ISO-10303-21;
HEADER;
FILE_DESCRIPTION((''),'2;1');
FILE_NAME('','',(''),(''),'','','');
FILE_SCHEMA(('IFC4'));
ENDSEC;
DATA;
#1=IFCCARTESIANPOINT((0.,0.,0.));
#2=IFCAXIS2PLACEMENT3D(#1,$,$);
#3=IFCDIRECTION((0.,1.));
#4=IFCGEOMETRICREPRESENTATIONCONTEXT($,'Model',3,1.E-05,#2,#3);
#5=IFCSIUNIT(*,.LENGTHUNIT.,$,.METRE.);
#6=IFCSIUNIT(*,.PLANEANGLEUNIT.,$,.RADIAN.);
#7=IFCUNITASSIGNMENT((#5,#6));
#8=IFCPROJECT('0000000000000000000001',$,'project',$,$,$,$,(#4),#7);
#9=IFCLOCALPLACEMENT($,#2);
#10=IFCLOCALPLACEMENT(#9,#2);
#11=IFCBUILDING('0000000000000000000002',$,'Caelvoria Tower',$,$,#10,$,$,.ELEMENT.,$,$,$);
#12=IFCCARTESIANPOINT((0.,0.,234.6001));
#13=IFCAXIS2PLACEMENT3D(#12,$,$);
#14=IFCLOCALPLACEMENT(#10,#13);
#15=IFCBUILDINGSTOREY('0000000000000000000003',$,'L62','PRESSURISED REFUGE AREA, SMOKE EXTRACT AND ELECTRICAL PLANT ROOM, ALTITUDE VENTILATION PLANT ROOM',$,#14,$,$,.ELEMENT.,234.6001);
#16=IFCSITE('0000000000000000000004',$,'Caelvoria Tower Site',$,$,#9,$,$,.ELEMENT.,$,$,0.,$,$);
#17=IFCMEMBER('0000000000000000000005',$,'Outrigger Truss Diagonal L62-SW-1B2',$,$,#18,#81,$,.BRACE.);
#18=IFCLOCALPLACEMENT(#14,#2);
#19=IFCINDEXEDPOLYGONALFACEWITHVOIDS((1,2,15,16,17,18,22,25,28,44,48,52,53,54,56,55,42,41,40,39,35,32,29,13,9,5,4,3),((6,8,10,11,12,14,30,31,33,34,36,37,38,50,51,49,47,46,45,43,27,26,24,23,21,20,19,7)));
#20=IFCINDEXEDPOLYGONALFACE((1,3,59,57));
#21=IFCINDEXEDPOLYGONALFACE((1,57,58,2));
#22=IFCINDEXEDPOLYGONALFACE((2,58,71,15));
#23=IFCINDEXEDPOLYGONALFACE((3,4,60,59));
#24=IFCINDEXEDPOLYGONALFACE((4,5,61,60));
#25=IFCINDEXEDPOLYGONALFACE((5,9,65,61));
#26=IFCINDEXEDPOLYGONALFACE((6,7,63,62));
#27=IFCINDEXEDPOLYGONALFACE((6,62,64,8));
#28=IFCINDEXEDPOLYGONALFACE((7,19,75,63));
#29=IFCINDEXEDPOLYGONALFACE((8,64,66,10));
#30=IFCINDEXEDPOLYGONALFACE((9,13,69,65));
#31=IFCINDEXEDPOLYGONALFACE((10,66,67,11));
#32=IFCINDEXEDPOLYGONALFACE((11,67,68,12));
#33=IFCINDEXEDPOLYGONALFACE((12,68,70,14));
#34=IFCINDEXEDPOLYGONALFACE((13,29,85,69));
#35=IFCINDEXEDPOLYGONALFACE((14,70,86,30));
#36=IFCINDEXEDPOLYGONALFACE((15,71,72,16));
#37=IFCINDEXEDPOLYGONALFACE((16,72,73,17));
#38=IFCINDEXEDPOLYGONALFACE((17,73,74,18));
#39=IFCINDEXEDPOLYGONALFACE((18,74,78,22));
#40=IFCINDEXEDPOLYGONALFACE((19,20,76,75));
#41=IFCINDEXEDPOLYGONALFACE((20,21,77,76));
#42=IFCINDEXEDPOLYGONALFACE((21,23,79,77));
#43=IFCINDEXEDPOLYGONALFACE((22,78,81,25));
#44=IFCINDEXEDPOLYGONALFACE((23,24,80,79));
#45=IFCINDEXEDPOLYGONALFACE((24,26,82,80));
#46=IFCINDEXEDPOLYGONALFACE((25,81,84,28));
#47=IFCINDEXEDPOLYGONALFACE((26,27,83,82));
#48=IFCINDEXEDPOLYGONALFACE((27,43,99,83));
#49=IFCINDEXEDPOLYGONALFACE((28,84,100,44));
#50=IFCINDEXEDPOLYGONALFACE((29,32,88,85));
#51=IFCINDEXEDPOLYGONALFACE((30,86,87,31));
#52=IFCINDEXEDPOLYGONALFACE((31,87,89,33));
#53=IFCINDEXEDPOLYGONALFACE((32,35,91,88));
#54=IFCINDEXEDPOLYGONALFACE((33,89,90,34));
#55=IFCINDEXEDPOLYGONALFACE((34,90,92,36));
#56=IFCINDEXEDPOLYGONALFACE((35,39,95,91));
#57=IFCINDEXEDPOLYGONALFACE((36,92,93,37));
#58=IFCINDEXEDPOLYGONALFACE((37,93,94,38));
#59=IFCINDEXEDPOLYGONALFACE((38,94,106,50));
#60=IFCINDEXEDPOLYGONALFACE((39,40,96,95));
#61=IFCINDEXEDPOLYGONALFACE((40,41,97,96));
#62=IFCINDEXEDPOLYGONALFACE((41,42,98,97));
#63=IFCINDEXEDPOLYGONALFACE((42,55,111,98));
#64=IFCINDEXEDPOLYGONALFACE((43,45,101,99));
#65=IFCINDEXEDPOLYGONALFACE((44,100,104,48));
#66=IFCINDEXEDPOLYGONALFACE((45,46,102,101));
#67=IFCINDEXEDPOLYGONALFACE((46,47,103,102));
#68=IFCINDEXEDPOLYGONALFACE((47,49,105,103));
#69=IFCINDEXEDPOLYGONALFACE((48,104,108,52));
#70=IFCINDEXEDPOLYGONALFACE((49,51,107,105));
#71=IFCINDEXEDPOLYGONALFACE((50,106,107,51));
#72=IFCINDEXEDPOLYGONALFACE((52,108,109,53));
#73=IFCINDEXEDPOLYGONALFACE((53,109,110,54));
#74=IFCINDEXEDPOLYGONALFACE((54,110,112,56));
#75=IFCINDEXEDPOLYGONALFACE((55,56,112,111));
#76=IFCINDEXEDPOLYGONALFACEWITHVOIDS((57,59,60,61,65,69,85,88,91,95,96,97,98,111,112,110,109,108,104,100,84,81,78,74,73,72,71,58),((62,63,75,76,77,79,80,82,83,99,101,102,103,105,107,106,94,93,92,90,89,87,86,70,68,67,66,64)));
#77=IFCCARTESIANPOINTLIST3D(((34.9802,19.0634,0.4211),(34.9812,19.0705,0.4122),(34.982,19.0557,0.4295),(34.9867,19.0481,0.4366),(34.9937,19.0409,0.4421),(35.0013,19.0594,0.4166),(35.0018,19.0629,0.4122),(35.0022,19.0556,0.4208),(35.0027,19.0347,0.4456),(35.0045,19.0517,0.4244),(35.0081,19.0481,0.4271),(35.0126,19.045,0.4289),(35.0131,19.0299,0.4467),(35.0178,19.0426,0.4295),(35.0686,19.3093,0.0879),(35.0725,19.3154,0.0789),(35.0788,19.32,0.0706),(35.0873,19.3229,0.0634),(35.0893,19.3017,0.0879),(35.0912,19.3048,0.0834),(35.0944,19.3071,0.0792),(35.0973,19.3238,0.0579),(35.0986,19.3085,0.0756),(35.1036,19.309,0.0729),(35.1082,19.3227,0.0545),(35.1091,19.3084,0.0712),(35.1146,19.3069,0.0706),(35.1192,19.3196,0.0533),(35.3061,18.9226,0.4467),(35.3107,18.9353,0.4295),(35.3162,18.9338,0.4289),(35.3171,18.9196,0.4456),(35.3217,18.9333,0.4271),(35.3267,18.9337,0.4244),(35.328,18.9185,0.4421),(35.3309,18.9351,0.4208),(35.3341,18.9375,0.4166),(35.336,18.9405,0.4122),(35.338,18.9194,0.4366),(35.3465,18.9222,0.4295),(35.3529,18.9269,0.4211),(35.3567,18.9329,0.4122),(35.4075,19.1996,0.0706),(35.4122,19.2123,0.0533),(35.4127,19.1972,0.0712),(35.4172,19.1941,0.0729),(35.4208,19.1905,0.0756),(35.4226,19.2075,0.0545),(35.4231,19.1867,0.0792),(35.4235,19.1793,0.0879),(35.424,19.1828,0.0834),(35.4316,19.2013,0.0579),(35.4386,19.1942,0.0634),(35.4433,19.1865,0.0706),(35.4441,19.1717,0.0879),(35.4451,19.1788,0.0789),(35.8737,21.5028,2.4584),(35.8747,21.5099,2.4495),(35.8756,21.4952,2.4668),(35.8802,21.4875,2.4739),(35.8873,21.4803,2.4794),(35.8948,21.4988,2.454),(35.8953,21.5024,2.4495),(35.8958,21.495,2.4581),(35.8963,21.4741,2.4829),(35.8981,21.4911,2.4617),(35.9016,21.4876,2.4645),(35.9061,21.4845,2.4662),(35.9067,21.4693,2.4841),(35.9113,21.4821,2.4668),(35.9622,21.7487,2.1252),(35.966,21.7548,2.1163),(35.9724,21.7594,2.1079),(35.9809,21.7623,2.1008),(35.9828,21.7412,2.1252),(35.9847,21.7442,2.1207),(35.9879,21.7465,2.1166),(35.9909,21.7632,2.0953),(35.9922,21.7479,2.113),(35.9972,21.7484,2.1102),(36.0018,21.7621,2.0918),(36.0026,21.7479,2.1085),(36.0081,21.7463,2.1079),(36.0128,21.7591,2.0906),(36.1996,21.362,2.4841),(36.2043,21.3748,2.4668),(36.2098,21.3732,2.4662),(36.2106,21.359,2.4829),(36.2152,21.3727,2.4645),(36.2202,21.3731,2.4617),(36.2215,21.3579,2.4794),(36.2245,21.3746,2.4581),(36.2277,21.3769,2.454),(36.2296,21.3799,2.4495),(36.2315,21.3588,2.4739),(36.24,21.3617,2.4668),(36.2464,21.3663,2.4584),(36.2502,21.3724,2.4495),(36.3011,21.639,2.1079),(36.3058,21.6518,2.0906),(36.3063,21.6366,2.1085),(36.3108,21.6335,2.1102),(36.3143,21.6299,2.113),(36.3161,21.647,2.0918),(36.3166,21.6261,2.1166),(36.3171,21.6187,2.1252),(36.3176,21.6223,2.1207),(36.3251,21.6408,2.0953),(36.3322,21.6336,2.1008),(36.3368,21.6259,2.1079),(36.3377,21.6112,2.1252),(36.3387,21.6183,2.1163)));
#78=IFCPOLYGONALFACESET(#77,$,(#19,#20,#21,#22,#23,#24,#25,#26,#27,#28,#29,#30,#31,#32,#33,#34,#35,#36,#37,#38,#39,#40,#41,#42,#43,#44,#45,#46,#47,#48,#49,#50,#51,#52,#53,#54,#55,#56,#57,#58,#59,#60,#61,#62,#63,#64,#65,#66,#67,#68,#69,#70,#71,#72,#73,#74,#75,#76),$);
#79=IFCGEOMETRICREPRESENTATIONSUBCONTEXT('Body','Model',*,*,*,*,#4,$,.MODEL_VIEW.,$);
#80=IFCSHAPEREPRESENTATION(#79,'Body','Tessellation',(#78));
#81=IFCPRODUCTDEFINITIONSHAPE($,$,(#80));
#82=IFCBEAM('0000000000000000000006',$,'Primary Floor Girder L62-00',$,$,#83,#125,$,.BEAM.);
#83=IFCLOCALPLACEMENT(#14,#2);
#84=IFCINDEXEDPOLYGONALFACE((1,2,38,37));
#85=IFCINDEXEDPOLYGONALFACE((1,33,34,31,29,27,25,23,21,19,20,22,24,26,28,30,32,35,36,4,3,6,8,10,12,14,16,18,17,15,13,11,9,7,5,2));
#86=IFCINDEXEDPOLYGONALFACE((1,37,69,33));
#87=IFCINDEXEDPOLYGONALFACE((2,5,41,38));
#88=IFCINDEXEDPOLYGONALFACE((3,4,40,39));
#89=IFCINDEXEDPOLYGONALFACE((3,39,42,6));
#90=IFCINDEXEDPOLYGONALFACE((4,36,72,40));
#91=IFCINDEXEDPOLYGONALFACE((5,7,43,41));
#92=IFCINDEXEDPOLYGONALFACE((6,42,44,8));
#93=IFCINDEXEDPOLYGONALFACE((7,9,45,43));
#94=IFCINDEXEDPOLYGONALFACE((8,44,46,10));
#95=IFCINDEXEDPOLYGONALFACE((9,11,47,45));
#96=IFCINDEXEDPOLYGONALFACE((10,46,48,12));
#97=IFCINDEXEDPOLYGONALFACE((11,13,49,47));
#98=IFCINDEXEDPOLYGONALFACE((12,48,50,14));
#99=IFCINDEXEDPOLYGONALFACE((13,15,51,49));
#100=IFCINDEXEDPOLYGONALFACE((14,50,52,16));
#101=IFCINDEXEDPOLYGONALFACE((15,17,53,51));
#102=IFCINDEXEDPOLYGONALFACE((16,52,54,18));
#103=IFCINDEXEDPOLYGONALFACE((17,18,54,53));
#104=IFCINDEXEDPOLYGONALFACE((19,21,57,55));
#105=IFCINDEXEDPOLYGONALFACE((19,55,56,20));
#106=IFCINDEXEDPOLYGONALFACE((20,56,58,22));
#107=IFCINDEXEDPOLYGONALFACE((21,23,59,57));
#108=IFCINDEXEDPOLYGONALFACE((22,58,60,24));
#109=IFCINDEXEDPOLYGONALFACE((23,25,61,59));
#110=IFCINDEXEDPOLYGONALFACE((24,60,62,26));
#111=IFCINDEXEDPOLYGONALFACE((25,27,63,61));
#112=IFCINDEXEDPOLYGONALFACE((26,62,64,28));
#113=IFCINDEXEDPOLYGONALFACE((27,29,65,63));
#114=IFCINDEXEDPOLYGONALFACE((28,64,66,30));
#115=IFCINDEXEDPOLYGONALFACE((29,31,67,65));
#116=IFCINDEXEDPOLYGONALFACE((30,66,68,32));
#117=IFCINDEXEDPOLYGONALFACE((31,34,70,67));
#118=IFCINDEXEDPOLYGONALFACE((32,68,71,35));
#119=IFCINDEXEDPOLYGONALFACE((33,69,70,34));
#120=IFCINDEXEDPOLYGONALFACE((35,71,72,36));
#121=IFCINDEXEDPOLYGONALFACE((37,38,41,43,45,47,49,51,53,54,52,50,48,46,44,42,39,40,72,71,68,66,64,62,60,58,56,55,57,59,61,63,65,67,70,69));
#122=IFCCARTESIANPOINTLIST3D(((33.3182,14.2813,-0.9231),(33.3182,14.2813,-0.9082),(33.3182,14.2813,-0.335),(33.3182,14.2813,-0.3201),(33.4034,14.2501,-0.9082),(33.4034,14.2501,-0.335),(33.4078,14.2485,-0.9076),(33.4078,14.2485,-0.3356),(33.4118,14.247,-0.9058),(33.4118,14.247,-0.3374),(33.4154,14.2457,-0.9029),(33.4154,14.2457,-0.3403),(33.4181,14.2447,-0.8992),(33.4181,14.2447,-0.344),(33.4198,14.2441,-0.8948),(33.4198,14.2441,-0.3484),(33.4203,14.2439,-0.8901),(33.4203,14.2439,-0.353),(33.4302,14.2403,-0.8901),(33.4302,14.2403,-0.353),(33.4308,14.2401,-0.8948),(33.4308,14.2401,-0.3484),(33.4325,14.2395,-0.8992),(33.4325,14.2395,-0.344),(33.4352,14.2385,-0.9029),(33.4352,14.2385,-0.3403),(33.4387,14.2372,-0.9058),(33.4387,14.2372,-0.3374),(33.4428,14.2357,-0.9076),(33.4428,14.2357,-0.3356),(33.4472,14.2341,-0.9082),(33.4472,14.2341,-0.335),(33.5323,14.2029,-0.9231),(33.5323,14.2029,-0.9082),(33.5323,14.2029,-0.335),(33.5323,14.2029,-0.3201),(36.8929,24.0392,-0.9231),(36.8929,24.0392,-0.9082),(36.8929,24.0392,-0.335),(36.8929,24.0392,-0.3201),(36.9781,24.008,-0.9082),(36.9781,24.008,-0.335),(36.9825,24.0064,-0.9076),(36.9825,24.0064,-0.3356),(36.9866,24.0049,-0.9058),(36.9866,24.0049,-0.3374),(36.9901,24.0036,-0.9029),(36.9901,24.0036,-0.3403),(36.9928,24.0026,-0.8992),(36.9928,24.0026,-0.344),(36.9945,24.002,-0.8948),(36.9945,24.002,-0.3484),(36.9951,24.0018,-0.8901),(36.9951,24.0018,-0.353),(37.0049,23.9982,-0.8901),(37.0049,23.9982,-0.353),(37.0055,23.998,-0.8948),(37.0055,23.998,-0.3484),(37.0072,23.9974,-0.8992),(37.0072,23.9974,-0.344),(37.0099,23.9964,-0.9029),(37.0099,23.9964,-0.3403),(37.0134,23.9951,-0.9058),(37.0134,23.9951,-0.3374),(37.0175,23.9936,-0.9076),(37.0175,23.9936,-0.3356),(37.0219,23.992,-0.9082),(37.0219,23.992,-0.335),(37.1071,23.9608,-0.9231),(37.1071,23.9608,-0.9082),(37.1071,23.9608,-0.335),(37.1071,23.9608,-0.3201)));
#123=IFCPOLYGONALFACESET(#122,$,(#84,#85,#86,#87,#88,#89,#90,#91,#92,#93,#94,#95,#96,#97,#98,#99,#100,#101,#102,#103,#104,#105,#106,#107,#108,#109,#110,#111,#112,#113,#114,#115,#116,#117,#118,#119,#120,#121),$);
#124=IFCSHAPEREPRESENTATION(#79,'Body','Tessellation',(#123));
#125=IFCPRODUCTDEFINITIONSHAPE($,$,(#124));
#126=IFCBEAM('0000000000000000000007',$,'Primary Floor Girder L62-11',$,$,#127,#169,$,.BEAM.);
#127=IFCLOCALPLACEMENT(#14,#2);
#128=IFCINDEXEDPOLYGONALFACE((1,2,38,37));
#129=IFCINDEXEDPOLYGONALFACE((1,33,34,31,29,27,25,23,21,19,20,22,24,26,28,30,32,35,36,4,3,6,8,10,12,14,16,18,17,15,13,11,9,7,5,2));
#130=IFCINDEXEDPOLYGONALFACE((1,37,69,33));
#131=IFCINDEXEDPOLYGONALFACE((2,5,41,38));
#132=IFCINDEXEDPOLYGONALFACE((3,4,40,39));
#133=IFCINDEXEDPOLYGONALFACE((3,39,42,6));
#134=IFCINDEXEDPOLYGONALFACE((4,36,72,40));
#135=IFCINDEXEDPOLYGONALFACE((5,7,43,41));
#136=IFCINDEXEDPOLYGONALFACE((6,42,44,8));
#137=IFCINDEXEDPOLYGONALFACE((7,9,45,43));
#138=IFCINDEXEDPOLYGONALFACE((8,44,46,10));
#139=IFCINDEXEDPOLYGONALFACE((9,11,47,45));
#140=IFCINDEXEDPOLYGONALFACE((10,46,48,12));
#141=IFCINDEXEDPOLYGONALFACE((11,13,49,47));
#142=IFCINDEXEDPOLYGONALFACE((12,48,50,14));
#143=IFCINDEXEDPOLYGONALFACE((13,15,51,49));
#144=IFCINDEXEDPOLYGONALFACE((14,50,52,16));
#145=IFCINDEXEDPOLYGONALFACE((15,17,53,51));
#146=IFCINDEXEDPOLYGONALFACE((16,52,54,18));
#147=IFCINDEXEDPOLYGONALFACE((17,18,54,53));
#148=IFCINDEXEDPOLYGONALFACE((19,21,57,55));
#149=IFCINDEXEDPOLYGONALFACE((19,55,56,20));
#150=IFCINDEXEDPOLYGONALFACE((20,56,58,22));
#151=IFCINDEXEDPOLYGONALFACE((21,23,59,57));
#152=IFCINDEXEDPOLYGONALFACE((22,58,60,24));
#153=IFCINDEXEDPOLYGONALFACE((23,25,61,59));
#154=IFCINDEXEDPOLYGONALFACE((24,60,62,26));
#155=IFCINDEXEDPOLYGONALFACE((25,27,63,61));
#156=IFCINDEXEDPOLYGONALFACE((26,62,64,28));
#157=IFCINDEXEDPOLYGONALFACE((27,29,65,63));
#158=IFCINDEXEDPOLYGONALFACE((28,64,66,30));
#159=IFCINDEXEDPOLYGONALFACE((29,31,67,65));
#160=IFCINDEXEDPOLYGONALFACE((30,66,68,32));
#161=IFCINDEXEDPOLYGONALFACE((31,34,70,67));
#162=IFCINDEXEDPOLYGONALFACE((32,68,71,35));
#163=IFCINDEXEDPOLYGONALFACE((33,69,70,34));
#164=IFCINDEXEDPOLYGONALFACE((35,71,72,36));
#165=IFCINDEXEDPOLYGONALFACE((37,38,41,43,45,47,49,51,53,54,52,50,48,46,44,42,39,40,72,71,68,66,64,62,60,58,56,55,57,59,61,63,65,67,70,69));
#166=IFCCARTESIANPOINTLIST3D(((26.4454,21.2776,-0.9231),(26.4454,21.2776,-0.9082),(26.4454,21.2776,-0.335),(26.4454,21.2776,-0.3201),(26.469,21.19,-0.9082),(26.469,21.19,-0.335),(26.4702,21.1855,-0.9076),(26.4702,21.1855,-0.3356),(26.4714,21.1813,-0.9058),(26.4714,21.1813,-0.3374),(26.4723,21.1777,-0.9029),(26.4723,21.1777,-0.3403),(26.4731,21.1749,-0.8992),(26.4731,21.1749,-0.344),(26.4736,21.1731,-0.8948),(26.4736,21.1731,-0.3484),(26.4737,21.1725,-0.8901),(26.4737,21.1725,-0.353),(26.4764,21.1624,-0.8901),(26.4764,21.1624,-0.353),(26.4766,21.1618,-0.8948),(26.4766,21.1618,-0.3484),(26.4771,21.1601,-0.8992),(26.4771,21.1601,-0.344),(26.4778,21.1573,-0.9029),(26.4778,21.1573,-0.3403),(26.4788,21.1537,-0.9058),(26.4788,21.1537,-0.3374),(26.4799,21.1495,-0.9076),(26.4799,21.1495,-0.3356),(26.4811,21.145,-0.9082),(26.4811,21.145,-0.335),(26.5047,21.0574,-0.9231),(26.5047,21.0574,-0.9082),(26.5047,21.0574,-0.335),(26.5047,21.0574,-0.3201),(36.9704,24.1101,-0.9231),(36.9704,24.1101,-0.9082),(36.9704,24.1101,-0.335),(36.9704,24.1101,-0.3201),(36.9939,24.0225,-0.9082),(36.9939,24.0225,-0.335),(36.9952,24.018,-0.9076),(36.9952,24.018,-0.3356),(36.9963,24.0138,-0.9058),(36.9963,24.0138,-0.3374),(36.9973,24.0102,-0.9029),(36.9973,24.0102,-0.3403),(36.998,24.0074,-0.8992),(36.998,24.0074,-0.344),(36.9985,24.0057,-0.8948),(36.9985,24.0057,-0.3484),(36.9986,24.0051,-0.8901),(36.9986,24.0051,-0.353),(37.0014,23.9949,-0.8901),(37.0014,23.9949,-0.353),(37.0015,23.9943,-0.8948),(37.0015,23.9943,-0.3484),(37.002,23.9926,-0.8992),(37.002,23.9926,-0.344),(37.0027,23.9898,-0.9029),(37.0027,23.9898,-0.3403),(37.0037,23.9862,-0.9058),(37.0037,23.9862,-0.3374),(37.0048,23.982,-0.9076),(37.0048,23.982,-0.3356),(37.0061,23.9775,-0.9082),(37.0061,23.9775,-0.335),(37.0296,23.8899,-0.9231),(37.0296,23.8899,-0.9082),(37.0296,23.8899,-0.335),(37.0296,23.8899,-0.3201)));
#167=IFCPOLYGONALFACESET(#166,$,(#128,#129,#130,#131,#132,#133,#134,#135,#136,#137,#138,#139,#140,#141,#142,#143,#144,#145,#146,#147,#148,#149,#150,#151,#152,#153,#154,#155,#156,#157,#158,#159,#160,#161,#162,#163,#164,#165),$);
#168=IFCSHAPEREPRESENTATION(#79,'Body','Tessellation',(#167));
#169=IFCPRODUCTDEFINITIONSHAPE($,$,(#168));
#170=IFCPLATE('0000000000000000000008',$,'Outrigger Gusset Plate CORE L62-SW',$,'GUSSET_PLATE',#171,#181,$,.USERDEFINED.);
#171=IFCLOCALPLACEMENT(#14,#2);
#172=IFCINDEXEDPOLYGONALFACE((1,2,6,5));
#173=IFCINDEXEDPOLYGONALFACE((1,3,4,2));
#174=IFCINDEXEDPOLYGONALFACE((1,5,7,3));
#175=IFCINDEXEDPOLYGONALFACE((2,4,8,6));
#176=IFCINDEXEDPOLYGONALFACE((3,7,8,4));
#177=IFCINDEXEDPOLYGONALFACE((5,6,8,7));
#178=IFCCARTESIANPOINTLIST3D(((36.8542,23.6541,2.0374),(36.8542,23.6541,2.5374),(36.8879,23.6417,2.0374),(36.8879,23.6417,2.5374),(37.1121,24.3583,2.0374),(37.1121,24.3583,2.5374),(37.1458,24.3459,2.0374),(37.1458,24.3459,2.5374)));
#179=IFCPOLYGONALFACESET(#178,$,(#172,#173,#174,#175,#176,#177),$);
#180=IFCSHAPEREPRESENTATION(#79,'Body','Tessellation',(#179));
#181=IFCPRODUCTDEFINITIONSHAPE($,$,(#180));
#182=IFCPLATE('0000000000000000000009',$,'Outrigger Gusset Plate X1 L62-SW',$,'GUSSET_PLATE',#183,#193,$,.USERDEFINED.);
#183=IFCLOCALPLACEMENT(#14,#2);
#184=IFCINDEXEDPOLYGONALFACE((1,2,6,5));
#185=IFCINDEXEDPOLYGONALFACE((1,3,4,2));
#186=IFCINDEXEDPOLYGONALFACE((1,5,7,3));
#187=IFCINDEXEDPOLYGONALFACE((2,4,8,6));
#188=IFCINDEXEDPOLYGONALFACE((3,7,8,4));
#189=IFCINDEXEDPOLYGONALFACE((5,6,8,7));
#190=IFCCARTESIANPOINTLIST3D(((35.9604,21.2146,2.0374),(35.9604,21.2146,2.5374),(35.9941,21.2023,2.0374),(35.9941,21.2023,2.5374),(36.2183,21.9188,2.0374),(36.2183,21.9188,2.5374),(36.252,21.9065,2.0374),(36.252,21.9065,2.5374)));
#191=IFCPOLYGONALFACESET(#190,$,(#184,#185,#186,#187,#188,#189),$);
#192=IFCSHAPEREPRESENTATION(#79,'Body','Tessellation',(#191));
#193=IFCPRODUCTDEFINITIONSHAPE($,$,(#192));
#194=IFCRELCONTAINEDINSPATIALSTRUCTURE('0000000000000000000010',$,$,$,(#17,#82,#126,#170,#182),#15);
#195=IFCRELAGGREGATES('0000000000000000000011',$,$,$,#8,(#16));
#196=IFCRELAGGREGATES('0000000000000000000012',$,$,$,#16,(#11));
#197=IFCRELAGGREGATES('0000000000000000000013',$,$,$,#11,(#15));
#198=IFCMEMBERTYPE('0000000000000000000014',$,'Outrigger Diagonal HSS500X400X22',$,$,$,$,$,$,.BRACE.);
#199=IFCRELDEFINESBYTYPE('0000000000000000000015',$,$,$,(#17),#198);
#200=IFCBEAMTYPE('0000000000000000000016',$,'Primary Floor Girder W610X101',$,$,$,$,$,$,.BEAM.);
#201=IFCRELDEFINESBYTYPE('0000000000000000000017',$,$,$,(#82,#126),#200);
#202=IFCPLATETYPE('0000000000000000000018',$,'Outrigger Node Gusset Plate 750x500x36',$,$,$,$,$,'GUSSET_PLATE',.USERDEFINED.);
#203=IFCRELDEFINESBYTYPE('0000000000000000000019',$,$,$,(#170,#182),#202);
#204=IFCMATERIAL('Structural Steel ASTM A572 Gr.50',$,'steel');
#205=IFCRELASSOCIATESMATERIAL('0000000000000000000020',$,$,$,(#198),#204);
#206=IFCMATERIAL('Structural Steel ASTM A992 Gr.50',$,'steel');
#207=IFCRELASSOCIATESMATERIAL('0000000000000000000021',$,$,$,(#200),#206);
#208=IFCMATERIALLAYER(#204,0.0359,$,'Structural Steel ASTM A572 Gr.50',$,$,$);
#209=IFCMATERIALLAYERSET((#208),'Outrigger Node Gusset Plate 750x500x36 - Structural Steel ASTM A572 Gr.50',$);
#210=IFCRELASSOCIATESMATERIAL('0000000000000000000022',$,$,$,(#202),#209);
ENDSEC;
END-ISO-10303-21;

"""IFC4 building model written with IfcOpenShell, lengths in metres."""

from ifc_helpers import new_model, si_unit, direction, frame, origin, origin_2d, place, context, subcontext, project, spatial, rectangle, hollow_rectangle, i_section, extrude, material, layer, layer_set, material_profile, profile_set, type_object, element, save


model = new_model("IFC4")

# Units and contexts
model_context = context("Model", 3, precision=1e-05, world=origin(), true_north=direction((0.0, 1.0)))
body_context = subcontext(model_context, "Body", "Model", "MODEL_VIEW")
ifc_project = project(units=[si_unit("LENGTHUNIT", "METRE"), si_unit("PLANEANGLEUNIT", "RADIAN")], contexts=[model_context])

# Site, building, storey
site_placement = place(None, origin())
site = spatial("IfcSite", under=ifc_project, at=site_placement, Name="Caelvoria Tower Site", CompositionType="ELEMENT", RefElevation=0.0)
building_placement = place(site_placement, origin())
building = spatial("IfcBuilding", under=site, at=building_placement, Name="Caelvoria Tower", CompositionType="ELEMENT")
storey_placement = place(building_placement, frame((0.0, 0.0, 234.6001)))
storey = spatial("IfcBuildingStorey", under=building, at=storey_placement, Name="L62", Description="PRESSURISED REFUGE AREA, SMOKE EXTRACT AND ELECTRICAL PLANT ROOM, ALTITUDE VENTILATION PLANT ROOM", CompositionType="ELEMENT", Elevation=234.6001)

# Member
ifc_material_1 = material(Name="Structural Steel ASTM A572 Gr.50", Category="steel")
ifc_material_profile_1 = material_profile(ifc_material_1, hollow_rectangle(XDim=0.3999, YDim=0.5, WallThickness=0.022, InnerFilletRadius=0.022, OuterFilletRadius=0.0439, at=origin_2d()), Name="Structural Steel ASTM A572 Gr.50")
ifc_profile_set_1 = profile_set([ifc_material_profile_1], Name="HSS500X400X22 - Structural Steel ASTM A572 Gr.50")
member_type = type_object("IfcMemberType", Name="Outrigger Diagonal HSS500X400X22", PredefinedType="BRACE", material=ifc_profile_set_1)
member_1_placement = place(storey_placement, frame((36.1062, 21.5605, 2.2874), z_axis=(-0.270648, -0.738883, -0.617091), x_axis=(0.93899, -0.343945, 0.0)))
element("IfcMember", 1, at=member_1_placement, inside=storey, type_object=member_type, Name="Outrigger Truss Diagonal L62-SW-1B2", PredefinedType="BRACE", context=body_context, shape_type="SweptSolid", body=[
    extrude(hollow_rectangle(XDim=0.3999, YDim=0.5, WallThickness=0.022, InnerFilletRadius=0.022, OuterFilletRadius=0.0439, at=origin_2d()), origin(), (0.0, 0.0, 1.0), 3.3015),
])

# Beams
ifc_material_2 = material(Name="Structural Steel ASTM A992 Gr.50", Category="steel")
ifc_material_profile_2 = material_profile(ifc_material_2, i_section(OverallWidth=0.228, OverallDepth=0.603, WebThickness=0.0105, FlangeThickness=0.0149, FilletRadius=0.0181, at=origin_2d()), Name="Structural Steel ASTM A992 Gr.50")
ifc_profile_set_2 = profile_set([ifc_material_profile_2], Name="W610X101 - Structural Steel ASTM A992 Gr.50")
beam_type = type_object("IfcBeamType", Name="Primary Floor Girder W610X101", PredefinedType="BEAM", material=ifc_profile_set_2)
beam_1_placement = place(storey_placement, frame((37.0, 24.0, -0.6216), z_axis=(-0.343987, -0.938974, 0.0), x_axis=(0.938974, -0.343987, 0.0)))
element("IfcBeam", 2, at=beam_1_placement, inside=storey, type_object=beam_type, Name="Primary Floor Girder L62-00", PredefinedType="BEAM", context=body_context, shape_type="SweptSolid", body=[
    extrude(i_section(OverallWidth=0.228, OverallDepth=0.603, WebThickness=0.0105, FlangeThickness=0.0149, FilletRadius=0.0181, at=origin_2d()), origin(), (0.0, 0.0, 1.0), 10.3921),
])
beam_2_placement = place(storey_placement, frame((37.0, 24.0, -0.6216), z_axis=(-0.965641, -0.259879, 0.0), x_axis=(0.259879, -0.965641, 0.0)))
element("IfcBeam", 3, at=beam_2_placement, inside=storey, type_object=beam_type, Name="Primary Floor Girder L62-11", PredefinedType="BEAM", context=body_context, shape_type="SweptSolid", body=[
    extrude(i_section(OverallWidth=0.228, OverallDepth=0.603, WebThickness=0.0105, FlangeThickness=0.0149, FilletRadius=0.0181, at=origin_2d()), origin(), (0.0, 0.0, 1.0), 10.8994),
])

# Plates
ifc_layer_1 = layer(ifc_material_1, 0.0359, Name="Structural Steel ASTM A572 Gr.50")
ifc_layer_set_1 = layer_set([ifc_layer_1], Name="Outrigger Node Gusset Plate 750x500x36 - Structural Steel ASTM A572 Gr.50")
plate_type = type_object("IfcPlateType", Name="Outrigger Node Gusset Plate 750x500x36", ElementType="GUSSET_PLATE", PredefinedType="USERDEFINED", material=ifc_layer_set_1)
for number, where, z_axis, x_axis, name in (
    (4, (37.0, 24.0, 2.0374), (0.0, 0.0, 1.0), (-0.343992, -0.938972, 0.0), "Outrigger Gusset Plate CORE L62-SW"),
    (5, (36.1062, 21.5605, 2.0374), (0.0, 0.0, 1.0), (-0.343992, -0.938972, 0.0), "Outrigger Gusset Plate X1 L62-SW"),
):
    element("IfcPlate", number, at=place(storey_placement, frame(where, z_axis=z_axis, x_axis=x_axis)), inside=storey, type_object=plate_type, Name=name, ObjectType="GUSSET_PLATE", PredefinedType="USERDEFINED", context=body_context, shape_type="SweptSolid", body=[
        extrude(rectangle(XDim=0.75, YDim=0.0359, at=origin_2d()), origin(), (0.0, 0.0, 1.0), 0.5),
    ])

save(model, "model.ifc")
